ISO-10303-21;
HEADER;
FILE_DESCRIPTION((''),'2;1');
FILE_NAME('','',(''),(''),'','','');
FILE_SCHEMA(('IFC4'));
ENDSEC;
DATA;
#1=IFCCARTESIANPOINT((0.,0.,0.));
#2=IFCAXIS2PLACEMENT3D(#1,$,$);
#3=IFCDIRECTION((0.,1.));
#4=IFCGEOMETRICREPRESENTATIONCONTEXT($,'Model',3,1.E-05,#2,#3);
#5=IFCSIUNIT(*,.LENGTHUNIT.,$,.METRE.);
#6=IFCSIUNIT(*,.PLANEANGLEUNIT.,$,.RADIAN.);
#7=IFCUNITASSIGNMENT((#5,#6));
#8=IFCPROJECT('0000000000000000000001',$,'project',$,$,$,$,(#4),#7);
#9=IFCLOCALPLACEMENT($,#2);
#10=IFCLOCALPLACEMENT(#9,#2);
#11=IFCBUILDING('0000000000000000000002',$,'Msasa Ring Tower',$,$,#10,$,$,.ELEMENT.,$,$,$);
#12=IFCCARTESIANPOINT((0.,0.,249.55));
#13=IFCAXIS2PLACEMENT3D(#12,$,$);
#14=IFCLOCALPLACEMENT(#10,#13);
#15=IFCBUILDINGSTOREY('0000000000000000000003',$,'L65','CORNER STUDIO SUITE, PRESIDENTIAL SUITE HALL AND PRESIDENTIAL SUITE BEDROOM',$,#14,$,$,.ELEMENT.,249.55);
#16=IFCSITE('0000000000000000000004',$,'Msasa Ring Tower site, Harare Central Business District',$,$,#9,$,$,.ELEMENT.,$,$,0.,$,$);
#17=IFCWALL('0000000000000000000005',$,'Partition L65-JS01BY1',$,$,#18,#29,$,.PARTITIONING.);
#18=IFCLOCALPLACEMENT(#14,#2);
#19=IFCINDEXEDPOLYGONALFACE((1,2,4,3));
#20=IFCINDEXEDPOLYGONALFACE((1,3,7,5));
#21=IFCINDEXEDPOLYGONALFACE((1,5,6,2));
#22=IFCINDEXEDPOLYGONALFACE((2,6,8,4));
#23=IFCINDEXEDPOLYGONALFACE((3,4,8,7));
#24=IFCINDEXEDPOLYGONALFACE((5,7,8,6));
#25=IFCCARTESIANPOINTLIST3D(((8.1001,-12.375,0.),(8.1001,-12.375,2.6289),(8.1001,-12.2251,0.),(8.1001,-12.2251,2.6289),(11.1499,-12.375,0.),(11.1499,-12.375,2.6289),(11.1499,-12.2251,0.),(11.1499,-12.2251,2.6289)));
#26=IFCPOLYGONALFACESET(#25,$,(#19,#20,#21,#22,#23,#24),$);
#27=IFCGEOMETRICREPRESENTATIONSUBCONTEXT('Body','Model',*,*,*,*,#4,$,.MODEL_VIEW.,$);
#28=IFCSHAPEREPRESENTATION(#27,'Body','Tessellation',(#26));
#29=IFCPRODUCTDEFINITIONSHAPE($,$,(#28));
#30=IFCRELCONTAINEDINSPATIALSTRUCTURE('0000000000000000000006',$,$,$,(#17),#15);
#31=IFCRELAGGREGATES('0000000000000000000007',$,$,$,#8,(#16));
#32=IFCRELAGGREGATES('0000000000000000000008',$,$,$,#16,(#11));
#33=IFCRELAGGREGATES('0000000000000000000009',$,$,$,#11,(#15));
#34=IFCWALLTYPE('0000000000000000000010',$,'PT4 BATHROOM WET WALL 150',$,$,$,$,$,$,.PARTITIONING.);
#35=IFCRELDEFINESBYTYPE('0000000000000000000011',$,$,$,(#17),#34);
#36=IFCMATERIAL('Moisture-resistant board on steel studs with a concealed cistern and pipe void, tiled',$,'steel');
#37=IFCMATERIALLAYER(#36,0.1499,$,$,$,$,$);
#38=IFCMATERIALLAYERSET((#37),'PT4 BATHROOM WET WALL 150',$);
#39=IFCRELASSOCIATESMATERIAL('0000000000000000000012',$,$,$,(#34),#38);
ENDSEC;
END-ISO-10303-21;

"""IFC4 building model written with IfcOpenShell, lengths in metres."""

from ifc_helpers import new_model, si_unit, direction, frame, frame_2d, origin, place, context, subcontext, project, spatial, rectangle, extrude, material, layer, layer_set, type_object, element, save


model = new_model("IFC4")

# Units and contexts
model_context = context("Model", 3, precision=1e-05, world=origin(), true_north=direction((0.0, 1.0)))
body_context = subcontext(model_context, "Body", "Model", "MODEL_VIEW")
ifc_project = project(units=[si_unit("LENGTHUNIT", "METRE"), si_unit("PLANEANGLEUNIT", "RADIAN")], contexts=[model_context])

# Site, building, storey
site_placement = place(None, origin())
site = spatial("IfcSite", under=ifc_project, at=site_placement, Name="Msasa Ring Tower site, Harare Central Business District", CompositionType="ELEMENT", RefElevation=0.0)
building_placement = place(site_placement, origin())
building = spatial("IfcBuilding", under=site, at=building_placement, Name="Msasa Ring Tower", CompositionType="ELEMENT")
storey_placement = place(building_placement, frame((0.0, 0.0, 249.55)))
storey = spatial("IfcBuildingStorey", under=building, at=storey_placement, Name="L65", Description="CORNER STUDIO SUITE, PRESIDENTIAL SUITE HALL AND PRESIDENTIAL SUITE BEDROOM", CompositionType="ELEMENT", Elevation=249.55)

# Shared definitions
ifc_material_1 = material(Name="Moisture-resistant board on steel studs with a concealed cistern and pipe void, tiled", Category="steel")
ifc_layer_1 = layer(ifc_material_1, 0.1499)
ifc_layer_set_1 = layer_set([ifc_layer_1], Name="PT4 BATHROOM WET WALL 150")
wall_type_1 = type_object("IfcWallType", Name="PT4 BATHROOM WET WALL 150", PredefinedType="PARTITIONING", material=ifc_layer_set_1)

# Wall
wall_1_placement = place(storey_placement, frame((8.1001, -12.3, 0.0), z_axis=(0.0, 0.0, 1.0), x_axis=(1.0, 0.0, 0.0)))
element("IfcWall", 1, at=wall_1_placement, inside=storey, type_object=wall_type_1, Name="Partition L65-JS01BY1", PredefinedType="PARTITIONING", context=body_context, shape_type="SweptSolid", body=[
    extrude(rectangle(XDim=3.0498, YDim=0.1499, at=frame_2d((1.5249, 0.0))), origin(), (0.0, 0.0, 1.0), 2.6289),
])

save(model, "model.ifc")
